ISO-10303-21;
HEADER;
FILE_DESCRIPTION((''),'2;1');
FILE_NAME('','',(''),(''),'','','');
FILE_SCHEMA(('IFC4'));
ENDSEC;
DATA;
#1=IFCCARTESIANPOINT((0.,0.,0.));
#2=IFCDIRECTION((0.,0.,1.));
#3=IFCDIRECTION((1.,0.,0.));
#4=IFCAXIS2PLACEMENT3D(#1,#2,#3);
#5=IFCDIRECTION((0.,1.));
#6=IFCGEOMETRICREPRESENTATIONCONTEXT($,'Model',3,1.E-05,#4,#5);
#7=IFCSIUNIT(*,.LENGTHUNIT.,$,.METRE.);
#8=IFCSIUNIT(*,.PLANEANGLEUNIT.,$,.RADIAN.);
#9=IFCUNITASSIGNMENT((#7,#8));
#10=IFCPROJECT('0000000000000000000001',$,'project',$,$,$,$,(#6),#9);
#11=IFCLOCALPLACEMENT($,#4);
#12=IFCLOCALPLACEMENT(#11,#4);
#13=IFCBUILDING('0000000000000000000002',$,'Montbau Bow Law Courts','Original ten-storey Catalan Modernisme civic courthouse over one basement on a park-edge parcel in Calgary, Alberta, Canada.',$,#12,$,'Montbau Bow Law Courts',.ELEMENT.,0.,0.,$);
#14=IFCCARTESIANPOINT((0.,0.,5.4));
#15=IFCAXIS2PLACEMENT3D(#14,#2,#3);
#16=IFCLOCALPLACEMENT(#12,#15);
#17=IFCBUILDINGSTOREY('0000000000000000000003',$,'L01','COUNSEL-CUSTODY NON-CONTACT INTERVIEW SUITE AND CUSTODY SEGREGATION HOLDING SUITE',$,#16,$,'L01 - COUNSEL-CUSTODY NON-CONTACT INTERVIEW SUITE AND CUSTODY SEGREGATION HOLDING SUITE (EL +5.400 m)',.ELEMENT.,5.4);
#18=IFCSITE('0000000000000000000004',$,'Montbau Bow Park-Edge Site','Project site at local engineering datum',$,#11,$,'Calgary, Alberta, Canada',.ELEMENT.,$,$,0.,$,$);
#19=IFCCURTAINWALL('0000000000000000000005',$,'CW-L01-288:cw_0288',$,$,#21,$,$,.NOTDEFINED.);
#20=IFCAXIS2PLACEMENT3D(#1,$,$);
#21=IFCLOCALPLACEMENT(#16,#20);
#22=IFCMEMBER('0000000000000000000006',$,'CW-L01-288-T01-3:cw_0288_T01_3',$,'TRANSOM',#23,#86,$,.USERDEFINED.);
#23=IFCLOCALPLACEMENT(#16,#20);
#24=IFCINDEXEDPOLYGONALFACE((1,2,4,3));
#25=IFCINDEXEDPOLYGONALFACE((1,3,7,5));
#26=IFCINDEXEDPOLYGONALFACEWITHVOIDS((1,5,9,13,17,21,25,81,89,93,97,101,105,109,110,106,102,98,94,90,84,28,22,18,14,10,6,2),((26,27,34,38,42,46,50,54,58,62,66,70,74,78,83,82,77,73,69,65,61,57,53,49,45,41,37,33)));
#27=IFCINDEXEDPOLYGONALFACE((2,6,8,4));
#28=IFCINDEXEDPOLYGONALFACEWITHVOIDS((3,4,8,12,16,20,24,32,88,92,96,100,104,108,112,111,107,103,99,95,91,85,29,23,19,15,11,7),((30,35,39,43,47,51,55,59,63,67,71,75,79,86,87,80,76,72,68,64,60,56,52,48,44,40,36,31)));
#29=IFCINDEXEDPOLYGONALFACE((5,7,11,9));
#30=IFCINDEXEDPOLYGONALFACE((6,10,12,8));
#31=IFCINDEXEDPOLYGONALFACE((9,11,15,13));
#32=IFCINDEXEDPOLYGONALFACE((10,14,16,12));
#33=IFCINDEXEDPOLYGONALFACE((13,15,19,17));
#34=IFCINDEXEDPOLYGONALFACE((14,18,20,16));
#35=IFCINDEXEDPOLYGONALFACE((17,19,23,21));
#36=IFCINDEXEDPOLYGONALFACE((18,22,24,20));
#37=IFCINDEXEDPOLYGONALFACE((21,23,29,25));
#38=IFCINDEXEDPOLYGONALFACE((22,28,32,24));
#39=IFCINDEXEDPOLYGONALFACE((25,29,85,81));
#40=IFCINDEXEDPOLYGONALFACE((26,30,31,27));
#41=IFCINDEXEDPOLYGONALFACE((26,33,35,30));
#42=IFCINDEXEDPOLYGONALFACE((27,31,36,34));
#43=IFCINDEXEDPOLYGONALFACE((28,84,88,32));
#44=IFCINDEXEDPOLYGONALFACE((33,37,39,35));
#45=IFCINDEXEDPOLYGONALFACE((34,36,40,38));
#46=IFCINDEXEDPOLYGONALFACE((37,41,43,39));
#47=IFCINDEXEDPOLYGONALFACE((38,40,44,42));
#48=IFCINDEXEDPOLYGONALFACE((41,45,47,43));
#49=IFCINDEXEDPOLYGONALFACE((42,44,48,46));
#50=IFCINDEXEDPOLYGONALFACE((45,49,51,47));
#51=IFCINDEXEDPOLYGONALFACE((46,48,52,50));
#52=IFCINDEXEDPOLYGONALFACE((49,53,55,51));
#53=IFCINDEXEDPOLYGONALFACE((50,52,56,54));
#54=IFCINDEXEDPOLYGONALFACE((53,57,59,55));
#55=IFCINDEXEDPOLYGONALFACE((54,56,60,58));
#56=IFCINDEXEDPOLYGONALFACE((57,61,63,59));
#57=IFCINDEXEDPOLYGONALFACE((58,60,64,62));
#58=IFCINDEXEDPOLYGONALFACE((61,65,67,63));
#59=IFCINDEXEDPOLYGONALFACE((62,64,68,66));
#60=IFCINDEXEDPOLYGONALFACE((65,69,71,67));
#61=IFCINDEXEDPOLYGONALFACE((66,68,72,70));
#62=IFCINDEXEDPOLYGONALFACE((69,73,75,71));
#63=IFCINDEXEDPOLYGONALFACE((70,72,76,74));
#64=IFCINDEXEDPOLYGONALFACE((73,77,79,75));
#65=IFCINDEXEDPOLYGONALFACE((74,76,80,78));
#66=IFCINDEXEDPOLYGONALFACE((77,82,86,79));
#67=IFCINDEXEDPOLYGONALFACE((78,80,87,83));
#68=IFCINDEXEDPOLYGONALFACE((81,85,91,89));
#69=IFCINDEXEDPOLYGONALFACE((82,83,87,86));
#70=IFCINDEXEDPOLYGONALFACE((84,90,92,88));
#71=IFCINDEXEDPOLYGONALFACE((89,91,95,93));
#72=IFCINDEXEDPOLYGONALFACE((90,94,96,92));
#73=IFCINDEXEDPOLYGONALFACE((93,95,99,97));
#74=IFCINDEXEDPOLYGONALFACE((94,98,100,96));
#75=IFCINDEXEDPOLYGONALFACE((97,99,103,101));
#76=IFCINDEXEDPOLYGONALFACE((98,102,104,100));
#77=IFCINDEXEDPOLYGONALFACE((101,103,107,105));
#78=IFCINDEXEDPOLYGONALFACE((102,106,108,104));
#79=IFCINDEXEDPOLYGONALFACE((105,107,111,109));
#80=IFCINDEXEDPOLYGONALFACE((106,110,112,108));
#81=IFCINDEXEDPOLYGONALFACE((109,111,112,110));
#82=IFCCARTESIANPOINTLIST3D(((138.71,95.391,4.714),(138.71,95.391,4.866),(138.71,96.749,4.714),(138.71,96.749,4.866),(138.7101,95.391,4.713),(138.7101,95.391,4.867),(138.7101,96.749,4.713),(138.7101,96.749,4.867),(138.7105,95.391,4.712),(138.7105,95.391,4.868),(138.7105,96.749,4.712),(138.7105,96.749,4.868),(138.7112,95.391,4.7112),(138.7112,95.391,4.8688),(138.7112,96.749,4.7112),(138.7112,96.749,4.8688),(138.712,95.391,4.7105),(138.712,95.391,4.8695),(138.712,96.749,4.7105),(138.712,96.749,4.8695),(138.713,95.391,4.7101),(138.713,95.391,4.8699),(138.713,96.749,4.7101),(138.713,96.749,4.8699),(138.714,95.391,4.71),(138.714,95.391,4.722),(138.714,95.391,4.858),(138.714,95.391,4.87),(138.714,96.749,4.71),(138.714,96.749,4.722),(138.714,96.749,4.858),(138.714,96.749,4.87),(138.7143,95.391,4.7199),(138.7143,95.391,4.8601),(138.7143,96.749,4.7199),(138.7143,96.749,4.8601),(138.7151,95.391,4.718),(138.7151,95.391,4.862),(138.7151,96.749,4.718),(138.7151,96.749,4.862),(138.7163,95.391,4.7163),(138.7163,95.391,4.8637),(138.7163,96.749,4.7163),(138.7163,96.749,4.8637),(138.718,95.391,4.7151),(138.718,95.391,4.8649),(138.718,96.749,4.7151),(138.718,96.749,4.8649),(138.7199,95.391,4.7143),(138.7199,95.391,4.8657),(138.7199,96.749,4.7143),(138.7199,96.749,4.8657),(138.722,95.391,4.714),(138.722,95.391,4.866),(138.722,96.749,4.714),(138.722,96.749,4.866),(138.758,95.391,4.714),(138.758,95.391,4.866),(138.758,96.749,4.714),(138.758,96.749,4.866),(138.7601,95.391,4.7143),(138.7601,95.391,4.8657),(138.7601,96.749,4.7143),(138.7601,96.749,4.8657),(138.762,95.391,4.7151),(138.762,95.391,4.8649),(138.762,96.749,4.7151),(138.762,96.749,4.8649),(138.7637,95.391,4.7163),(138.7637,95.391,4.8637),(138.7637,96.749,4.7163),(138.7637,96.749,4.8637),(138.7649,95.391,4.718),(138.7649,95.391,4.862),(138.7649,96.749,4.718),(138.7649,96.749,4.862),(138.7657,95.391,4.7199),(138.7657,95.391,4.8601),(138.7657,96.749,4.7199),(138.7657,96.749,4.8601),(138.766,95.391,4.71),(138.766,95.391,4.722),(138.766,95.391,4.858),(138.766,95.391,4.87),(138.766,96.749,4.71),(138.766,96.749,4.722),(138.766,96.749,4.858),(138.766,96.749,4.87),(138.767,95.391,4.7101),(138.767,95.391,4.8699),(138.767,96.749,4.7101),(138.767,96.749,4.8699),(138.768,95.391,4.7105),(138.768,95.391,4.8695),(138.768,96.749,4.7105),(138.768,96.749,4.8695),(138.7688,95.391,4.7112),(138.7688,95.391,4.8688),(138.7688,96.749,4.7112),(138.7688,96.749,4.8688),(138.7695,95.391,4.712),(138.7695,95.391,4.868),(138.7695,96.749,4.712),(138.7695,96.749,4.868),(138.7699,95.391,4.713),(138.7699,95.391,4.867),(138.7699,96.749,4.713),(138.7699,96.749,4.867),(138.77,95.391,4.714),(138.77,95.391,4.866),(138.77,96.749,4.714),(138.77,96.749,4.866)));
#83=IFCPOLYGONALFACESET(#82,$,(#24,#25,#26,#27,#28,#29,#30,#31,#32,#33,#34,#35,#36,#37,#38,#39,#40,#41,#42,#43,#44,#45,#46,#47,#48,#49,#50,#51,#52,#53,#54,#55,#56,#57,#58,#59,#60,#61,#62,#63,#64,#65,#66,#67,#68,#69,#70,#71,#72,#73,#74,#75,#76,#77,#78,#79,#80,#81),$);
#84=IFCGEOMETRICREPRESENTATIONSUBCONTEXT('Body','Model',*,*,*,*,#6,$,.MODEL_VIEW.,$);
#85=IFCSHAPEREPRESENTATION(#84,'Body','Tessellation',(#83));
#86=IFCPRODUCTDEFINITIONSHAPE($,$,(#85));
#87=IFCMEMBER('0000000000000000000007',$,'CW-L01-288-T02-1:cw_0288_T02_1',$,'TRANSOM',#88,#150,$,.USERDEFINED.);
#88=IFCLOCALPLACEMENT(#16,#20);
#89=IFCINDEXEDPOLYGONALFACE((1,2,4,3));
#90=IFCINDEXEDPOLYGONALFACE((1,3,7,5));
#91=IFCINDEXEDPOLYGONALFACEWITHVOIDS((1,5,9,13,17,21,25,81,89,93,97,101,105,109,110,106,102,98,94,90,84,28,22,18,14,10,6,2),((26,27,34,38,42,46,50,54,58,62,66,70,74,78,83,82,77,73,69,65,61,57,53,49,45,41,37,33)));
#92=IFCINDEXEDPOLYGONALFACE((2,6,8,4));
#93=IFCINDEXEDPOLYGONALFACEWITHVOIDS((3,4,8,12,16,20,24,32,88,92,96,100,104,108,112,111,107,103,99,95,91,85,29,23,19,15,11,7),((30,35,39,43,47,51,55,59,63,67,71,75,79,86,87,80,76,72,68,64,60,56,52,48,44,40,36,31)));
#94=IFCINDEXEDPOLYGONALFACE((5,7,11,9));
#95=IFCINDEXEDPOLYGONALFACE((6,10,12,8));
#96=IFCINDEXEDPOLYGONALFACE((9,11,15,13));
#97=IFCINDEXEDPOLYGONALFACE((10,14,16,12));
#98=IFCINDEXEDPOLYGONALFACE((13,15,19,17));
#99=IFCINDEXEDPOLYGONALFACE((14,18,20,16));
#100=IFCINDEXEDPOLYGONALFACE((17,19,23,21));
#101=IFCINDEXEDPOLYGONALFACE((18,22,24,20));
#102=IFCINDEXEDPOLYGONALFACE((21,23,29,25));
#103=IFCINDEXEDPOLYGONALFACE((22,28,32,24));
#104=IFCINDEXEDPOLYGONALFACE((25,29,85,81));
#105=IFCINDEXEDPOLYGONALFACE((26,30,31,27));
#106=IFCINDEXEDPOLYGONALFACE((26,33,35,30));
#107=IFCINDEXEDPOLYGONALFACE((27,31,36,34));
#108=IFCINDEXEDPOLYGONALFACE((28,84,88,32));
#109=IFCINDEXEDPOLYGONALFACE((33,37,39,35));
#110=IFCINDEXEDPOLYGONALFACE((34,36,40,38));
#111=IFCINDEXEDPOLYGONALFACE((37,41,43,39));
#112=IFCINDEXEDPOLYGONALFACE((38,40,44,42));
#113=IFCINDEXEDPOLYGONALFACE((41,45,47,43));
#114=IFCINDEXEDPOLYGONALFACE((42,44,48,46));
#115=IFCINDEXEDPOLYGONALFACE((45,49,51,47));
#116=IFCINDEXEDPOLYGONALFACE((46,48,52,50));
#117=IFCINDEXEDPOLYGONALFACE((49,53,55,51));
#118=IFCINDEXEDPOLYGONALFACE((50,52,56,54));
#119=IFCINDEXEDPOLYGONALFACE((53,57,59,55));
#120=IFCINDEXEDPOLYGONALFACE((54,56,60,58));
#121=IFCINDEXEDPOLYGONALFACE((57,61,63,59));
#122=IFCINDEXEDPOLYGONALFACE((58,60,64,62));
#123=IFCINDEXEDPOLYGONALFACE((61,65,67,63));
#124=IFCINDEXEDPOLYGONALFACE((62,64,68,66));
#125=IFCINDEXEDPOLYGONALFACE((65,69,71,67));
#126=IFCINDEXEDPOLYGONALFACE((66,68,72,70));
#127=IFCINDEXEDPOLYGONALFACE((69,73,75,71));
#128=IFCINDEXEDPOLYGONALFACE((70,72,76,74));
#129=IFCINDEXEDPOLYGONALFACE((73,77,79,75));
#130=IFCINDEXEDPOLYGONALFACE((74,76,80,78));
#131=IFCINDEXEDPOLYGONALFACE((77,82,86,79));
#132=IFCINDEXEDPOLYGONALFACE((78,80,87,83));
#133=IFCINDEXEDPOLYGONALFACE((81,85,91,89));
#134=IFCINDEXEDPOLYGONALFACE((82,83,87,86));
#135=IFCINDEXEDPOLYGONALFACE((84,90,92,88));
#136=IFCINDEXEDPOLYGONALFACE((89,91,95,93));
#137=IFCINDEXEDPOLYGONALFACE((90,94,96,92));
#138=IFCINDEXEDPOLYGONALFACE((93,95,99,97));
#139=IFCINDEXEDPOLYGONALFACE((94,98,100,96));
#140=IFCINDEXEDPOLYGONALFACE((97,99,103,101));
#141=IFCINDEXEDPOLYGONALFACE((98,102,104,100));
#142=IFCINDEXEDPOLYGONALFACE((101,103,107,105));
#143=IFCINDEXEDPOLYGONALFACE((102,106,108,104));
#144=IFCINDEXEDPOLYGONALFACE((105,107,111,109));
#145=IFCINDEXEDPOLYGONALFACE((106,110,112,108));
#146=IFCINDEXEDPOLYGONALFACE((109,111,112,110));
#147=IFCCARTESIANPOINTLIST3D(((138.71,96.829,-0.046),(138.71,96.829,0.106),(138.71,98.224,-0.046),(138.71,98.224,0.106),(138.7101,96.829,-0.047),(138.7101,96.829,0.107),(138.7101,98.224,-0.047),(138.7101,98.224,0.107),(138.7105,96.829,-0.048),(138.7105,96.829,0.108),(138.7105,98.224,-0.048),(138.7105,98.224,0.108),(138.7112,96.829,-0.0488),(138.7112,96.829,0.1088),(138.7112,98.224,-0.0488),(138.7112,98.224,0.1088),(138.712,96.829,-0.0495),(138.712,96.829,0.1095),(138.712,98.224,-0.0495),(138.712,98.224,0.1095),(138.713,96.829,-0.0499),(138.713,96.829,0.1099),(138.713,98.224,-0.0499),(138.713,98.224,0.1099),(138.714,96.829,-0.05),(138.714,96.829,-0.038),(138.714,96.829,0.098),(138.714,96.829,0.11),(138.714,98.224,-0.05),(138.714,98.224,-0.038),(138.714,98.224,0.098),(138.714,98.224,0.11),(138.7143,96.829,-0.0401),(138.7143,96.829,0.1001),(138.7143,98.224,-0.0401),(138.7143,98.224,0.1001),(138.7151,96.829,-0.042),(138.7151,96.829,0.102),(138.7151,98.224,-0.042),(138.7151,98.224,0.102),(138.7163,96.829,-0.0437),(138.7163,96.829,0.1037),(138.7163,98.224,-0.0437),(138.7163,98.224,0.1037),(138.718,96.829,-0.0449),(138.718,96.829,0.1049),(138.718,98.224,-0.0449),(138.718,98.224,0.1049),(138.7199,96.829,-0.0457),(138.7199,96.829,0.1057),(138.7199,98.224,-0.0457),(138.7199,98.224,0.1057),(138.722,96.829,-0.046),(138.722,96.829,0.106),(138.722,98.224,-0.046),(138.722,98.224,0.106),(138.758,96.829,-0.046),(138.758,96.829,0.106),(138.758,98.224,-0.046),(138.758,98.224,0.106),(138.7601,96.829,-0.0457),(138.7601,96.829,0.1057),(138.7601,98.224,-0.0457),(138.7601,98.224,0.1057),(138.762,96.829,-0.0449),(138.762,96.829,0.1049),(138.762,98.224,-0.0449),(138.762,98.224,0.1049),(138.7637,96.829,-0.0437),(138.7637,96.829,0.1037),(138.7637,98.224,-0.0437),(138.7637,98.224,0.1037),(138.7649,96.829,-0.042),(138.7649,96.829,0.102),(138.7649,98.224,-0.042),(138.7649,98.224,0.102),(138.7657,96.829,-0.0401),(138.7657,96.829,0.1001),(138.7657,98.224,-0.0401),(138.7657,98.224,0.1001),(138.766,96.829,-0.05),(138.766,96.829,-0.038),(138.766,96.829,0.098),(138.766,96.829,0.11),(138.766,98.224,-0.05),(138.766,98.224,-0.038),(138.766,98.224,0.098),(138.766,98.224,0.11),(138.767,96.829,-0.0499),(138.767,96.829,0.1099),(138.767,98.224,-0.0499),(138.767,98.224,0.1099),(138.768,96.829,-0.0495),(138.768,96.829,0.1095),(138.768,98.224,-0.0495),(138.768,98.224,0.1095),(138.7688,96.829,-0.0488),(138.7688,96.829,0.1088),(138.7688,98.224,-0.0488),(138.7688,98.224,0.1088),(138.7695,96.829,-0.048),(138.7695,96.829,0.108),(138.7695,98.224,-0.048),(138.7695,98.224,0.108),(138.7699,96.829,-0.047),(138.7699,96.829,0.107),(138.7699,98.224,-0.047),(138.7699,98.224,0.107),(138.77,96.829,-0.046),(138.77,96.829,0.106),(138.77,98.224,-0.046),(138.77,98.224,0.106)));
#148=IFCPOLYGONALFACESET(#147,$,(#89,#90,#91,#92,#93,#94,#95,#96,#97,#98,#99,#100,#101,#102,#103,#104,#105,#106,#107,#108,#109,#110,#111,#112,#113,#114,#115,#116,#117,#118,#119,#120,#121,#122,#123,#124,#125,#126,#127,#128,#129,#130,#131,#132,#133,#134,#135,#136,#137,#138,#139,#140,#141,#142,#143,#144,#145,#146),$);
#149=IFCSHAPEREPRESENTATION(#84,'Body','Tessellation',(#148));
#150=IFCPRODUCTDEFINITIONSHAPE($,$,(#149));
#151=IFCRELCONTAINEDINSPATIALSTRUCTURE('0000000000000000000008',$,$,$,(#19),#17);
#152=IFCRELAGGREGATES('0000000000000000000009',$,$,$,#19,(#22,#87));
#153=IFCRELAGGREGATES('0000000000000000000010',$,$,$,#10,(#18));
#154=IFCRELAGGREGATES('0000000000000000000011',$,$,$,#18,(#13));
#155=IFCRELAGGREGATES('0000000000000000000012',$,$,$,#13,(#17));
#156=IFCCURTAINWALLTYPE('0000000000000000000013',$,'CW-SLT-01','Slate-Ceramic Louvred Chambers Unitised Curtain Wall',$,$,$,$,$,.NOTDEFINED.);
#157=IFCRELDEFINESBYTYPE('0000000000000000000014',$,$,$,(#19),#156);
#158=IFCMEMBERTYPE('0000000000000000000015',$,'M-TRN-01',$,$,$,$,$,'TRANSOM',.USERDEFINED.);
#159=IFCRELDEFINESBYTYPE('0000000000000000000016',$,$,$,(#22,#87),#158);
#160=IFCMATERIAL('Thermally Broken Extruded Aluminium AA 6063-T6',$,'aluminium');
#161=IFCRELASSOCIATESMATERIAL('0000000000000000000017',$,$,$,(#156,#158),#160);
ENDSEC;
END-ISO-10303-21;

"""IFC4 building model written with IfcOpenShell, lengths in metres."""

from ifc_helpers import new_model, si_unit, direction, frame, origin_with_axes, origin_2d_with_axis, place, context, subcontext, project, spatial, hollow_rectangle, extrude, material, material_profile, profile_set, type_object, element, aggregate, save


model = new_model("IFC4")

# Units and contexts
model_context = context("Model", 3, precision=1e-05, world=origin_with_axes(), true_north=direction((0.0, 1.0)))
body_context = subcontext(model_context, "Body", "Model", "MODEL_VIEW")
ifc_project = project(units=[si_unit("LENGTHUNIT", "METRE"), si_unit("PLANEANGLEUNIT", "RADIAN")], contexts=[model_context])

# Site, building, storey
site_placement = place(None, origin_with_axes())
site = spatial("IfcSite", under=ifc_project, at=site_placement, Name="Montbau Bow Park-Edge Site", Description="Project site at local engineering datum", LongName="Calgary, Alberta, Canada", CompositionType="ELEMENT", RefElevation=0.0)
building_placement = place(site_placement, origin_with_axes())
building = spatial("IfcBuilding", under=site, at=building_placement, Name="Montbau Bow Law Courts", Description="Original ten-storey Catalan Modernisme civic courthouse over one basement on a park-edge parcel in Calgary, Alberta, Canada.", LongName="Montbau Bow Law Courts", CompositionType="ELEMENT", ElevationOfRefHeight=0.0, ElevationOfTerrain=0.0)
storey_placement = place(building_placement, frame((0.0, 0.0, 5.4), z_axis=(0.0, 0.0, 1.0), x_axis=(1.0, 0.0, 0.0)))
storey = spatial("IfcBuildingStorey", under=building, at=storey_placement, Name="L01", Description="COUNSEL-CUSTODY NON-CONTACT INTERVIEW SUITE AND CUSTODY SEGREGATION HOLDING SUITE", LongName="L01 - COUNSEL-CUSTODY NON-CONTACT INTERVIEW SUITE AND CUSTODY SEGREGATION HOLDING SUITE (EL +5.400 m)", CompositionType="ELEMENT", Elevation=5.4)

# Curtain wall
ifc_material_1 = material(Name="Thermally Broken Extruded Aluminium AA 6063-T6", Category="aluminium")
curtain_wall_type = type_object("IfcCurtainWallType", Name="CW-SLT-01", Description="Slate-Ceramic Louvred Chambers Unitised Curtain Wall", PredefinedType="NOTDEFINED", material=ifc_material_1)
curtain_wall_1_placement = place(None, frame((138.74, 95.315, 5.4), z_axis=(0.0, 0.0, 1.0), x_axis=(1.0, 0.0, 0.0)))
curtain_wall_1 = element("IfcCurtainWall", 1, at=curtain_wall_1_placement, inside=storey, type_object=curtain_wall_type, Name="CW-L01-288:cw_0288", PredefinedType="NOTDEFINED")

# Members
ifc_material_profile_1 = material_profile(ifc_material_1, hollow_rectangle(XDim=0.06, YDim=0.16, WallThickness=0.004, InnerFilletRadius=0.008, OuterFilletRadius=0.004, at=origin_2d_with_axis()), Name="CWT-160X60", Category="Main", Priority=0)
ifc_profile_set_1 = profile_set([ifc_material_profile_1], Name="Thermally Broken Extruded Aluminium AA 6063-T6")
member_type_1 = type_object("IfcMemberType", Name="M-TRN-01", ElementType="TRANSOM", PredefinedType="USERDEFINED", material=ifc_profile_set_1)
member_1_placement = place(None, frame((138.74, 95.391, 10.19), z_axis=(0.0, 1.0, 0.0), x_axis=(-1.0, 0.0, 0.0)))
member_1 = element("IfcMember", 2, at=member_1_placement, type_object=member_type_1, Name="CW-L01-288-T01-3:cw_0288_T01_3", ObjectType="TRANSOM", PredefinedType="USERDEFINED", context=body_context, shape_type="SweptSolid", body=[
    extrude(hollow_rectangle(XDim=0.06, YDim=0.16, WallThickness=0.004, InnerFilletRadius=0.008, OuterFilletRadius=0.004, at=origin_2d_with_axis()), origin_with_axes(), (0.0, 0.0, 1.0), 1.358),
])
member_2_placement = place(None, frame((138.74, 96.829, 5.43), z_axis=(0.0, 1.0, 0.0), x_axis=(-1.0, 0.0, 0.0)))
member_2 = element("IfcMember", 3, at=member_2_placement, type_object=member_type_1, Name="CW-L01-288-T02-1:cw_0288_T02_1", ObjectType="TRANSOM", PredefinedType="USERDEFINED", context=body_context, shape_type="SweptSolid", body=[
    extrude(hollow_rectangle(XDim=0.06, YDim=0.16, WallThickness=0.004, InnerFilletRadius=0.008, OuterFilletRadius=0.004, at=origin_2d_with_axis()), origin_with_axes(), (0.0, 0.0, 1.0), 1.395),
])

aggregate(curtain_wall_1, [member_1, member_2])

save(model, "model.ifc")
